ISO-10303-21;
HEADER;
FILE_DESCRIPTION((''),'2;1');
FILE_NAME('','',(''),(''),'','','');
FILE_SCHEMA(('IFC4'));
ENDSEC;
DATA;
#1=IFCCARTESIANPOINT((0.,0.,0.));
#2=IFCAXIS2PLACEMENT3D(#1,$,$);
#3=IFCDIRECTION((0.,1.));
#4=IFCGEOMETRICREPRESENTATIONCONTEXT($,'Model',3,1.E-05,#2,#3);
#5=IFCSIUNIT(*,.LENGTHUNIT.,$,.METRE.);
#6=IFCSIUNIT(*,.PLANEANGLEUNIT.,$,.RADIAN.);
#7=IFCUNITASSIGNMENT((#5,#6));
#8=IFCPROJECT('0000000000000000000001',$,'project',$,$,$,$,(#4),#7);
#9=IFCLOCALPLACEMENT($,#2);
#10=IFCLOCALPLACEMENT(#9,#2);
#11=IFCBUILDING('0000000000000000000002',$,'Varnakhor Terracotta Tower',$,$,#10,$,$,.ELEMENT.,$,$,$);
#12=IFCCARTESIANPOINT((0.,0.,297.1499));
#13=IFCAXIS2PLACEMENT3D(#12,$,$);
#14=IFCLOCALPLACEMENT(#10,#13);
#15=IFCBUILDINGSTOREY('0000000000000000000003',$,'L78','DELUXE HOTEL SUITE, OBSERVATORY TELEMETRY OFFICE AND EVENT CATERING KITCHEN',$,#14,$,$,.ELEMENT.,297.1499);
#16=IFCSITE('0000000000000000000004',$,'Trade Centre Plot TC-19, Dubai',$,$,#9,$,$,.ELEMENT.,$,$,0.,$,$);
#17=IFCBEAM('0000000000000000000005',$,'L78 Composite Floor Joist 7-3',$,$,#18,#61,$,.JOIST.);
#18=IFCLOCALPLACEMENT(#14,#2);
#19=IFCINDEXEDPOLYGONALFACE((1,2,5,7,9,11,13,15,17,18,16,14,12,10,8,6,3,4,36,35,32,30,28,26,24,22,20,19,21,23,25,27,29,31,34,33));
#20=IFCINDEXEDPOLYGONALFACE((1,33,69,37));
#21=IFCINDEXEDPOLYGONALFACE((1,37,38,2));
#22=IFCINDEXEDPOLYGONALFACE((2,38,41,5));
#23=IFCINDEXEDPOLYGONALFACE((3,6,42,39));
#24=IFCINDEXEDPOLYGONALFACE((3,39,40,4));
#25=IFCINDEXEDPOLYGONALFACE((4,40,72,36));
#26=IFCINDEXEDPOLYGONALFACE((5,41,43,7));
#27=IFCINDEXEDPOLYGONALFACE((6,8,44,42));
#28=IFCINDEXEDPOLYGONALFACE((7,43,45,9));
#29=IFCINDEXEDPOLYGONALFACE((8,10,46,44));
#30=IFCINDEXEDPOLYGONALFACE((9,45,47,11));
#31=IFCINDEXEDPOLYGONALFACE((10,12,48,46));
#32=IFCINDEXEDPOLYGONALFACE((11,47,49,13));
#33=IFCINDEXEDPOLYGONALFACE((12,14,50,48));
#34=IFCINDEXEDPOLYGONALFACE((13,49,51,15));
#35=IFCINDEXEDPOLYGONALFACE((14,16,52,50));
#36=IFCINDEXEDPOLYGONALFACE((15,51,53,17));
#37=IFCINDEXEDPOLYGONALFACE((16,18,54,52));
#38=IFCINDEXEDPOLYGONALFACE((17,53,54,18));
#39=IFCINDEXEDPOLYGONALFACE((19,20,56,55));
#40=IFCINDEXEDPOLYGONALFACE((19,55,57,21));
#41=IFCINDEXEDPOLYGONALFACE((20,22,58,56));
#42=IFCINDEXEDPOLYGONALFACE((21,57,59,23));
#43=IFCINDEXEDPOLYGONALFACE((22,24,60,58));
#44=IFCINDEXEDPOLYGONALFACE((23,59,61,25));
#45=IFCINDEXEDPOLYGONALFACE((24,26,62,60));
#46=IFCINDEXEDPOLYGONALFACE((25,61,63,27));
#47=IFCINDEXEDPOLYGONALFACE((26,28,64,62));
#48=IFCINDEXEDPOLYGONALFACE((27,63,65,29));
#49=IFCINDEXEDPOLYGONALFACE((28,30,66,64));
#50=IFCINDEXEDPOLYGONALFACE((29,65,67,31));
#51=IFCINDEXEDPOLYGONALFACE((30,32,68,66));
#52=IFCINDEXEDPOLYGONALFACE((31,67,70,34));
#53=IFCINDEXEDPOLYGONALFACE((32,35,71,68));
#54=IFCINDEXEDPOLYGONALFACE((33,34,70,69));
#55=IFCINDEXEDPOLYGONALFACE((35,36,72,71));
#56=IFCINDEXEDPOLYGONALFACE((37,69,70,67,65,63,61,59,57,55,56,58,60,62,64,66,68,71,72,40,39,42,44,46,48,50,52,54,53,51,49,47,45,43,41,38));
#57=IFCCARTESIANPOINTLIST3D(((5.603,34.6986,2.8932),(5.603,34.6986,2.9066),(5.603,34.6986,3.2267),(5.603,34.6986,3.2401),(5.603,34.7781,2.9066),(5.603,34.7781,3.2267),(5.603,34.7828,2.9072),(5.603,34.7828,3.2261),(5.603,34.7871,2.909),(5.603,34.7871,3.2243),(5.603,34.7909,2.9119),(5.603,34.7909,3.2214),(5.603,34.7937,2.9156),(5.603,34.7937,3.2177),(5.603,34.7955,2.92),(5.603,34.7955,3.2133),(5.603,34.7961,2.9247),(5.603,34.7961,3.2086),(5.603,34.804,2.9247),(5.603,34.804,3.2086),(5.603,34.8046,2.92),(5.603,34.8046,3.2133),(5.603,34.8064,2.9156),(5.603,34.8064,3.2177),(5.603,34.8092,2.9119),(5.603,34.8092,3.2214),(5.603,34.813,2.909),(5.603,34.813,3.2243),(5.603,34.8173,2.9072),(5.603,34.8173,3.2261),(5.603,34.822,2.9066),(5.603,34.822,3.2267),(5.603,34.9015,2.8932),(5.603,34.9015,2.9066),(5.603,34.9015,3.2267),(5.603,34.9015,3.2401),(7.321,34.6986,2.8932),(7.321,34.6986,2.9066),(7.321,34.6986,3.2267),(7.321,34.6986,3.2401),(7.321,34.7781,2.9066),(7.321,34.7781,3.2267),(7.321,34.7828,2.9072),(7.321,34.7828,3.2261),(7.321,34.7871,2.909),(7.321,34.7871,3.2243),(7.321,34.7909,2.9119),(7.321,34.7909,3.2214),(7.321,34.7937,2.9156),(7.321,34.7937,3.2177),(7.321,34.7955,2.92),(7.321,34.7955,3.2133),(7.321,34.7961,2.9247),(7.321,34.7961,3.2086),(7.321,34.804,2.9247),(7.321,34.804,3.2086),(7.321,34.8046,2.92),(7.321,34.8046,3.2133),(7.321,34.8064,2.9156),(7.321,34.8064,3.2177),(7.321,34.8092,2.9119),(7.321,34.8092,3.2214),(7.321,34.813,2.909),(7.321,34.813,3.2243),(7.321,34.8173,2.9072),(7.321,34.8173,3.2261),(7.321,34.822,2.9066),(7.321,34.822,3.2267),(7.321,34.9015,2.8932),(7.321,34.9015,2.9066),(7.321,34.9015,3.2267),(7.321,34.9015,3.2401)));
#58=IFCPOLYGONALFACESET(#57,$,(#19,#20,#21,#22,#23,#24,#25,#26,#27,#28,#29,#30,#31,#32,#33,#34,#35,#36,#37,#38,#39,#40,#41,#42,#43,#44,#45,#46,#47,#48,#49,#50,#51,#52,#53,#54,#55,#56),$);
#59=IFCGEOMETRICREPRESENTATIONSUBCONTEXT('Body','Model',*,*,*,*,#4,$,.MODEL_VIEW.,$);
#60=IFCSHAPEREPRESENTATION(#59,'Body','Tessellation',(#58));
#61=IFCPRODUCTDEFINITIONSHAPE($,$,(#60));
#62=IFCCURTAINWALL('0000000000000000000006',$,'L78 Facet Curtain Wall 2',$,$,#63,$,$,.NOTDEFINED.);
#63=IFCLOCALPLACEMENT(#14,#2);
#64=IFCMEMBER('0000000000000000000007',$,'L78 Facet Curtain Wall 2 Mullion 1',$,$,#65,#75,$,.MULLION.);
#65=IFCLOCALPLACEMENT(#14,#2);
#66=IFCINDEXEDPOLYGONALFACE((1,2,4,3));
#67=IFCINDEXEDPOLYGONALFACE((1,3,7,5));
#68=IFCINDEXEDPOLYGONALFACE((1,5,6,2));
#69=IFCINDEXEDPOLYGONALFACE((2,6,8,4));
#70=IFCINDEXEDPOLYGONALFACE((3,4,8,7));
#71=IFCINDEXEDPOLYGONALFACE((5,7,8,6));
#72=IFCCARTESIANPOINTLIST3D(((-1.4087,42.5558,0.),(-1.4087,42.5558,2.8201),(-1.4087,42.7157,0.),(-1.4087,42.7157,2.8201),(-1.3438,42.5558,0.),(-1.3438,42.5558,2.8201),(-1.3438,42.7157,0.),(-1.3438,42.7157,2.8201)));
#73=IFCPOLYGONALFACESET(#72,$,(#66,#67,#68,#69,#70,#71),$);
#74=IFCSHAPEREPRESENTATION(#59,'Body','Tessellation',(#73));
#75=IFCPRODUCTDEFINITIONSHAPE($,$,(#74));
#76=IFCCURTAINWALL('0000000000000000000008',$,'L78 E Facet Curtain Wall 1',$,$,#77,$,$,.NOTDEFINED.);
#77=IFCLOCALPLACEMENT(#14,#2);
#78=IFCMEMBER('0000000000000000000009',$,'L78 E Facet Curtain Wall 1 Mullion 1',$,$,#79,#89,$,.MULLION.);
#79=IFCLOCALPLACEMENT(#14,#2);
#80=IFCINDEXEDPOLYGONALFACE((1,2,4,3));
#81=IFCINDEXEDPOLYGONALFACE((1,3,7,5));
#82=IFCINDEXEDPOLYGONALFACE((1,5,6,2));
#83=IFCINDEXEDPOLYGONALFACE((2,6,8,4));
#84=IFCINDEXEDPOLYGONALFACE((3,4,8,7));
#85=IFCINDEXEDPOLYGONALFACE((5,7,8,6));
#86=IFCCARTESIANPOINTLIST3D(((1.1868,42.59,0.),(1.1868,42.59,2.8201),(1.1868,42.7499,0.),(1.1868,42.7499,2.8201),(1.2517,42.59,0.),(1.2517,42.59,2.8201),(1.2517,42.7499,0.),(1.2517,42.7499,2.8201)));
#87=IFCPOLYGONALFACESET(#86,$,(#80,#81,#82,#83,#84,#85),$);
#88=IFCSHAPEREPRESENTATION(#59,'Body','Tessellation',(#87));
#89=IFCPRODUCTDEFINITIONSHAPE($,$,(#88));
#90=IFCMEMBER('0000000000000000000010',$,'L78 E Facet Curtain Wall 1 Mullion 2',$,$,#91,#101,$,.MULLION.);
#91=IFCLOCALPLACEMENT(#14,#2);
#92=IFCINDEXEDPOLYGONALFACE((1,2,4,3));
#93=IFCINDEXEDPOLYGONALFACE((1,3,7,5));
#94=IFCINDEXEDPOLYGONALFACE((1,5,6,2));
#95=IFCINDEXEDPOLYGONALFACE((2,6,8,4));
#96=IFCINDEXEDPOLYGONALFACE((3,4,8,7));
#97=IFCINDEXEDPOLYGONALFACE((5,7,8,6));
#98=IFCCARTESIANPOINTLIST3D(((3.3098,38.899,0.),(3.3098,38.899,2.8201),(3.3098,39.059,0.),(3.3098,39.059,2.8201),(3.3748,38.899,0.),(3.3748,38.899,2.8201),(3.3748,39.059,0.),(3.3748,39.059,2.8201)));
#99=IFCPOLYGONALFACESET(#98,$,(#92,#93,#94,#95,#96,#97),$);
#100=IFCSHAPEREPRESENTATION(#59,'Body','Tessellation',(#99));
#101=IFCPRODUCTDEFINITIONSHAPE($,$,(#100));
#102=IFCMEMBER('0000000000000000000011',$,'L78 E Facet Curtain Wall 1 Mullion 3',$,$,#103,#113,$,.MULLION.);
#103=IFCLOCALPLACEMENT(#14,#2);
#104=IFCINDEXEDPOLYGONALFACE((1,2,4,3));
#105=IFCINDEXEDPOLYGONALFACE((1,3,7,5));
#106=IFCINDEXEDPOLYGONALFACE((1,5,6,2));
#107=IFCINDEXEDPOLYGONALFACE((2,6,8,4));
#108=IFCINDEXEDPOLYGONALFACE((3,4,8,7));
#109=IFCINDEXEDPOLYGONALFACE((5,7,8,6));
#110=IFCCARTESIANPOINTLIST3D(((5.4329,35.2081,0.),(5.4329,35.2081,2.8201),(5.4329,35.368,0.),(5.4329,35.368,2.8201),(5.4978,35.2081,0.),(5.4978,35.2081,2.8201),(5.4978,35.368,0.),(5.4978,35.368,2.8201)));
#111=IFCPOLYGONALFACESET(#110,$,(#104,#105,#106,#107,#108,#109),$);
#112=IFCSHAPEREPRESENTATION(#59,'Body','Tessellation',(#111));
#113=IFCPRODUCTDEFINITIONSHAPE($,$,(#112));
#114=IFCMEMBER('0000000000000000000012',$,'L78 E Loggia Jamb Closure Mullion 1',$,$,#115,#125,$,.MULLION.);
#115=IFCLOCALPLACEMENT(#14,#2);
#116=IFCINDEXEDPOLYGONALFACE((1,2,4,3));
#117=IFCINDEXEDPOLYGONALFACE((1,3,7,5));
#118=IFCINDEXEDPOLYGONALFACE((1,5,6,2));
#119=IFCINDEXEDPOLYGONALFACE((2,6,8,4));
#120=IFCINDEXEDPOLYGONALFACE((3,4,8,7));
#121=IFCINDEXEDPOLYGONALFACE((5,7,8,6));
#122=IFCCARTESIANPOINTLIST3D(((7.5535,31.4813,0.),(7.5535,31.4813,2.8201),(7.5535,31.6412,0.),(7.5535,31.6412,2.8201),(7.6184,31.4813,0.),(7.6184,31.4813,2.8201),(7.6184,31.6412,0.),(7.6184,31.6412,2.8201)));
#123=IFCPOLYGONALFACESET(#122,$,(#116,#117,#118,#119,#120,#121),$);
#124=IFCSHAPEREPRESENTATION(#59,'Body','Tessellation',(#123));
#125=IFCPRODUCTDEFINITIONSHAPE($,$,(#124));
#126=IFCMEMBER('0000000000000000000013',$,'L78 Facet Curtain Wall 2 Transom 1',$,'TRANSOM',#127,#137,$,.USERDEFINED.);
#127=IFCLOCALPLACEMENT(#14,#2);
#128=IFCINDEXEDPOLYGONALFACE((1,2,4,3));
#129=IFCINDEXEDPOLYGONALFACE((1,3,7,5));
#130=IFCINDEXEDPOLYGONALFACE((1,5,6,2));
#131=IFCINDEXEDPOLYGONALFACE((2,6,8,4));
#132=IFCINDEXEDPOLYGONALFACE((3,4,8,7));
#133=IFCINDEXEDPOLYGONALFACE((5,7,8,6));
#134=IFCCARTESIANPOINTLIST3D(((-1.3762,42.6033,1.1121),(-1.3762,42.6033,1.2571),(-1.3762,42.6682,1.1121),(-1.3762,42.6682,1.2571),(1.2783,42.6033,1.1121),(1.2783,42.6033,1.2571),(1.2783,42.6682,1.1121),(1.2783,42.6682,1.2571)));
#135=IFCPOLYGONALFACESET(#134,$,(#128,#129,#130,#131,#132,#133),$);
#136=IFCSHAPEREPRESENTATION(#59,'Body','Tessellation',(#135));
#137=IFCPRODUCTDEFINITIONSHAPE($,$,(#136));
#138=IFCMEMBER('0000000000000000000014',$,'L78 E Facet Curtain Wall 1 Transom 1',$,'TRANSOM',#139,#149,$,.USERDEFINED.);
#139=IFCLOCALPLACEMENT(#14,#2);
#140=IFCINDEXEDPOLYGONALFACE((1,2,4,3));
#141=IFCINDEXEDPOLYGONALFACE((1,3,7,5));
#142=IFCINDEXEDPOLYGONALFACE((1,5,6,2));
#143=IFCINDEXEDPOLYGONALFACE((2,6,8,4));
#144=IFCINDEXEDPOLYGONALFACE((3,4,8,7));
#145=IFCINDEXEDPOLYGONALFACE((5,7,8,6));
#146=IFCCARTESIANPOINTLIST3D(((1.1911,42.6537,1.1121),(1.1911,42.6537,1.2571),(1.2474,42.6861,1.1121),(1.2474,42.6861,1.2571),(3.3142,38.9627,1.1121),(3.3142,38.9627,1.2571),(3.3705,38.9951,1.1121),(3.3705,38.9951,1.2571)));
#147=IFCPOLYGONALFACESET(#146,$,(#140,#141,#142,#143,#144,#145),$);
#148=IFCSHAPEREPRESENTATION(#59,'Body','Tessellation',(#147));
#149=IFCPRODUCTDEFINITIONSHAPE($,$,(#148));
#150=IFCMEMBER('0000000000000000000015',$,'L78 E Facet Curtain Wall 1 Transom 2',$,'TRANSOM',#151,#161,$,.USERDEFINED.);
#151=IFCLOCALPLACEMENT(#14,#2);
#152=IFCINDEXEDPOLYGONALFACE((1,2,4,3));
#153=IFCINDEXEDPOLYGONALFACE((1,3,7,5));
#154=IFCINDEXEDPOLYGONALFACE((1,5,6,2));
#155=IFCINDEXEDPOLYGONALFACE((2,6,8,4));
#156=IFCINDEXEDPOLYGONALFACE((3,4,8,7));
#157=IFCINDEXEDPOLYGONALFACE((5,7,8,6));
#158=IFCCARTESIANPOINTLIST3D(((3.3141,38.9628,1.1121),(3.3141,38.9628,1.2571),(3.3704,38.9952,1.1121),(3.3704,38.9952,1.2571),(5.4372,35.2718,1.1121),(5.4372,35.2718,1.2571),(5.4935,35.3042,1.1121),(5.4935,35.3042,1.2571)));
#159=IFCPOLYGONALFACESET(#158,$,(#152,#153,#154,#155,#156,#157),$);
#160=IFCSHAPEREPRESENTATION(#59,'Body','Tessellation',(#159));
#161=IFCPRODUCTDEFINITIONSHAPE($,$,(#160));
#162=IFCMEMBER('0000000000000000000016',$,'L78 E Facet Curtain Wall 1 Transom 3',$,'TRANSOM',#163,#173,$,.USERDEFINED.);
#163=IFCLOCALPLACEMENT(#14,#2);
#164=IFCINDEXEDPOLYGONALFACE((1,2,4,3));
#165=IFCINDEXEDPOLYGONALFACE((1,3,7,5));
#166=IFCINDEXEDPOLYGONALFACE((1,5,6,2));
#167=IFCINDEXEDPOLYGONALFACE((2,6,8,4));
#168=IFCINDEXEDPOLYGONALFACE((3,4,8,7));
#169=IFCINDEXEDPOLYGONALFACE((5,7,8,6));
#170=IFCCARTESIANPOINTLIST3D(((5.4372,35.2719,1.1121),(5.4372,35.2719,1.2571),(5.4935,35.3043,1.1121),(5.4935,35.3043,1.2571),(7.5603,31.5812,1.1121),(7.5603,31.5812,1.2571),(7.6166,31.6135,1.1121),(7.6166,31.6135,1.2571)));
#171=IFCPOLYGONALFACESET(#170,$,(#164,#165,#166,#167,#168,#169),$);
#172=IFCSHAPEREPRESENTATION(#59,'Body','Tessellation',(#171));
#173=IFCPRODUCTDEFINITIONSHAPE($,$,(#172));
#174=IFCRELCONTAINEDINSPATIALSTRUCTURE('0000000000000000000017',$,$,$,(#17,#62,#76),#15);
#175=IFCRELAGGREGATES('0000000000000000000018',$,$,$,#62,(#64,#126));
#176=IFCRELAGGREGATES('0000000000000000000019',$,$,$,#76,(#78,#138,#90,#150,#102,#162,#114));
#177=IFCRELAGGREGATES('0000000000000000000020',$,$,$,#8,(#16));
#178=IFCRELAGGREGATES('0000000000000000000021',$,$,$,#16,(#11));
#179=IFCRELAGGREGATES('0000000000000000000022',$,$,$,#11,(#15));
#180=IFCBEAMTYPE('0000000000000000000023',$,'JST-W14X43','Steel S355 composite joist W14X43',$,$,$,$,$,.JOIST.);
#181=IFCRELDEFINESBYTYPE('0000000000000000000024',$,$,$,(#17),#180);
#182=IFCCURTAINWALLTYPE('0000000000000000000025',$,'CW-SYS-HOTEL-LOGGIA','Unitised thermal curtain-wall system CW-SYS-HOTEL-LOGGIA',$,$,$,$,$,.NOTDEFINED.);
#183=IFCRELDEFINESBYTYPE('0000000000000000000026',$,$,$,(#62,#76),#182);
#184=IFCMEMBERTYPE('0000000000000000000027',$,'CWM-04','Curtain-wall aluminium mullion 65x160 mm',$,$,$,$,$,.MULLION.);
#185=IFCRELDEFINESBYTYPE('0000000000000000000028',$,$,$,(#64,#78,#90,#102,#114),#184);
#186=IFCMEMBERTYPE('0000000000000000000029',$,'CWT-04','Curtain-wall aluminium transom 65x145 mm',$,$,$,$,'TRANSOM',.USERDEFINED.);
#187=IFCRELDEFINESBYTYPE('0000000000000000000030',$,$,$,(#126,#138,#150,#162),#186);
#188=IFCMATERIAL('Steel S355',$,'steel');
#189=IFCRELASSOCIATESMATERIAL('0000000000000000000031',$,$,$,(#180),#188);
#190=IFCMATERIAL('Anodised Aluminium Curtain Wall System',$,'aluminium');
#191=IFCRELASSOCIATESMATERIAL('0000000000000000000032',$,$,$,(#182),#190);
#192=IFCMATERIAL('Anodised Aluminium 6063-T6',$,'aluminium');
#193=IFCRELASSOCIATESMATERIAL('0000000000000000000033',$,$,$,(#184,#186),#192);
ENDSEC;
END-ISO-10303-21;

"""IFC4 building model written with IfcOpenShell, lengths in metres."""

from ifc_helpers import new_model, si_unit, direction, frame, origin, origin_2d, place, context, subcontext, project, spatial, rectangle, i_section, extrude, source, transform, mapped, material, material_profile, profile_set, type_object, type_shapes, element, aggregate, save


model = new_model("IFC4")

# Units and contexts
model_context = context("Model", 3, precision=1e-05, world=origin(), true_north=direction((0.0, 1.0)))
body_context = subcontext(model_context, "Body", "Model", "MODEL_VIEW")
ifc_project = project(units=[si_unit("LENGTHUNIT", "METRE"), si_unit("PLANEANGLEUNIT", "RADIAN")], contexts=[model_context])

# Site, building, storey
site_placement = place(None, origin())
site = spatial("IfcSite", under=ifc_project, at=site_placement, Name="Trade Centre Plot TC-19, Dubai", CompositionType="ELEMENT", RefElevation=0.0)
building_placement = place(site_placement, origin())
building = spatial("IfcBuilding", under=site, at=building_placement, Name="Varnakhor Terracotta Tower", CompositionType="ELEMENT")
storey_placement = place(building_placement, frame((0.0, 0.0, 297.1499)))
storey = spatial("IfcBuildingStorey", under=building, at=storey_placement, Name="L78", Description="DELUXE HOTEL SUITE, OBSERVATORY TELEMETRY OFFICE AND EVENT CATERING KITCHEN", CompositionType="ELEMENT", Elevation=297.1499)

# Shared definitions
ifc_material_1 = material(Name="Steel S355", Category="steel")

# Beam
ifc_material_profile_1 = material_profile(ifc_material_1, i_section(OverallWidth=0.2029, OverallDepth=0.3469, WebThickness=0.0078, FlangeThickness=0.0134, FilletRadius=0.0181, at=origin_2d()), Name="W14X43")
ifc_profile_set_1 = profile_set([ifc_material_profile_1], Name="Steel S355")
beam_type_1 = type_object("IfcBeamType", Name="JST-W14X43", Description="Steel S355 composite joist W14X43", PredefinedType="JOIST", material=ifc_profile_set_1)
shared_shape_1 = source(origin(), body_context, "Body", "SweptSolid", [
    extrude(i_section(OverallWidth=0.2029, OverallDepth=0.3469, WebThickness=0.0078, FlangeThickness=0.0134, FilletRadius=0.0181, at=origin_2d()), origin(), (0.0, 0.0, 1.0), 1.718),
])
beam_1_placement = place(storey_placement, frame((5.603, 34.8, 3.0667), z_axis=(1.0, 0.0, 0.0), x_axis=(0.0, 1.0, 0.0)))
element("IfcBeam", 1, at=beam_1_placement, inside=storey, type_object=beam_type_1, Name="L78 Composite Floor Joist 7-3", PredefinedType="JOIST", context=body_context, shape_type="MappedRepresentation", body=[
    mapped(shared_shape_1, transform((0.0, 0.0, 0.0), scale=1.0)),
])

# Curtain wall, member
ifc_material_2 = material(Name="Anodised Aluminium Curtain Wall System", Category="aluminium")
curtain_wall_type = type_object("IfcCurtainWallType", Name="CW-SYS-HOTEL-LOGGIA", Description="Unitised thermal curtain-wall system CW-SYS-HOTEL-LOGGIA", PredefinedType="NOTDEFINED", material=ifc_material_2)
curtain_wall_1_placement = place(storey_placement, origin())
curtain_wall_1 = element("IfcCurtainWall", 2, at=curtain_wall_1_placement, inside=storey, type_object=curtain_wall_type, Name="L78 Facet Curtain Wall 2", PredefinedType="NOTDEFINED")
ifc_material_3 = material(Name="Anodised Aluminium 6063-T6", Category="aluminium")
ifc_material_profile_2 = material_profile(ifc_material_3, rectangle(XDim=0.0649, YDim=0.1599, at=origin_2d()), Name="ALU MULLION 65x160")
ifc_profile_set_2 = profile_set([ifc_material_profile_2], Name="Anodised Aluminium 6063-T6")
member_type_1 = type_object("IfcMemberType", Name="CWM-04", Description="Curtain-wall aluminium mullion 65x160 mm", PredefinedType="MULLION", material=ifc_profile_set_2)
shared_shape_2 = source(origin(), body_context, "Body", "SweptSolid", [
    extrude(rectangle(XDim=0.0649, YDim=0.1599, at=origin_2d()), origin(), (0.0, 0.0, 1.0), 2.8201),
])
type_shapes(member_type_1, [shared_shape_2])
member_1_placement = place(storey_placement, frame((-1.3762, 42.6357, 0.0), z_axis=(0.0, 0.0, 1.0), x_axis=(1.0, 0.0, 0.0)))
member_1 = element("IfcMember", 3, at=member_1_placement, type_object=member_type_1, Name="L78 Facet Curtain Wall 2 Mullion 1", PredefinedType="MULLION", context=body_context, shape_type="MappedRepresentation", body=[
    mapped(shared_shape_2, transform((0.0, 0.0, 0.0), scale=1.0)),
])

# Curtain wall, members
curtain_wall_2_placement = place(storey_placement, origin())
curtain_wall_2 = element("IfcCurtainWall", 4, at=curtain_wall_2_placement, inside=storey, type_object=curtain_wall_type, Name="L78 E Facet Curtain Wall 1", PredefinedType="NOTDEFINED")
member_2_placement = place(storey_placement, frame((1.2192, 42.6699, 0.0), z_axis=(0.0, 0.0, 1.0), x_axis=(1.0, 0.0, 0.0)))
member_2 = element("IfcMember", 5, at=member_2_placement, type_object=member_type_1, Name="L78 E Facet Curtain Wall 1 Mullion 1", PredefinedType="MULLION", context=body_context, shape_type="MappedRepresentation", body=[
    mapped(shared_shape_2, transform((0.0, 0.0, 0.0), scale=1.0)),
])
member_3_placement = place(storey_placement, frame((3.3423, 38.979, 0.0), z_axis=(0.0, 0.0, 1.0), x_axis=(1.0, 0.0, 0.0)))
member_3 = element("IfcMember", 6, at=member_3_placement, type_object=member_type_1, Name="L78 E Facet Curtain Wall 1 Mullion 2", PredefinedType="MULLION", context=body_context, shape_type="MappedRepresentation", body=[
    mapped(shared_shape_2, transform((0.0, 0.0, 0.0), scale=1.0)),
])
member_4_placement = place(storey_placement, frame((5.4653, 35.2881, 0.0), z_axis=(0.0, 0.0, 1.0), x_axis=(1.0, 0.0, 0.0)))
member_4 = element("IfcMember", 7, at=member_4_placement, type_object=member_type_1, Name="L78 E Facet Curtain Wall 1 Mullion 3", PredefinedType="MULLION", context=body_context, shape_type="MappedRepresentation", body=[
    mapped(shared_shape_2, transform((0.0, 0.0, 0.0), scale=1.0)),
])
member_5_placement = place(storey_placement, frame((7.5859, 31.5613, 0.0), z_axis=(0.0, 0.0, 1.0), x_axis=(1.0, 0.0, 0.0)))
member_5 = element("IfcMember", 8, at=member_5_placement, type_object=member_type_1, Name="L78 E Loggia Jamb Closure Mullion 1", PredefinedType="MULLION", context=body_context, shape_type="MappedRepresentation", body=[
    mapped(shared_shape_2, transform((0.0, 0.0, 0.0), scale=1.0)),
])

# Members
ifc_material_profile_3 = material_profile(ifc_material_3, rectangle(XDim=0.0649, YDim=0.145, at=origin_2d()), Name="ALU TRANSOM 65x145")
ifc_profile_set_3 = profile_set([ifc_material_profile_3], Name="Anodised Aluminium 6063-T6")
member_type_2 = type_object("IfcMemberType", Name="CWT-04", Description="Curtain-wall aluminium transom 65x145 mm", ElementType="TRANSOM", PredefinedType="USERDEFINED", material=ifc_profile_set_3)
shared_shape_3 = source(origin(), body_context, "Body", "SweptSolid", [
    extrude(rectangle(XDim=0.0649, YDim=0.145, at=origin_2d()), origin(), (0.0, 0.0, 1.0), 2.6545),
])
member_6_placement = place(storey_placement, frame((-1.3762, 42.6357, 1.1846), z_axis=(1.0, 0.0, 0.0), x_axis=(0.0, 1.0, 0.0)))
member_6 = element("IfcMember", 9, at=member_6_placement, type_object=member_type_2, Name="L78 Facet Curtain Wall 2 Transom 1", ObjectType="TRANSOM", PredefinedType="USERDEFINED", context=body_context, shape_type="MappedRepresentation", body=[
    mapped(shared_shape_3, transform((0.0, 0.0, 0.0), scale=1.0)),
])
shared_shape_4 = source(origin(), body_context, "Body", "SweptSolid", [
    extrude(rectangle(XDim=0.0649, YDim=0.145, at=origin_2d()), origin(), (0.0, 0.0, 1.0), 4.2581),
])
member_7_placement = place(storey_placement, frame((1.2192, 42.6699, 1.1846), z_axis=(0.498607, -0.866828, 0.0), x_axis=(0.866828, 0.498607, 0.0)))
member_7 = element("IfcMember", 10, at=member_7_placement, type_object=member_type_2, Name="L78 E Facet Curtain Wall 1 Transom 1", ObjectType="TRANSOM", PredefinedType="USERDEFINED", context=body_context, shape_type="MappedRepresentation", body=[
    mapped(shared_shape_4, transform((0.0, 0.0, 0.0), scale=1.0)),
])
member_8_placement = place(storey_placement, frame((3.3423, 38.979, 1.1846), z_axis=(0.498607, -0.866828, 0.0), x_axis=(0.866828, 0.498607, 0.0)))
member_8 = element("IfcMember", 11, at=member_8_placement, type_object=member_type_2, Name="L78 E Facet Curtain Wall 1 Transom 2", ObjectType="TRANSOM", PredefinedType="USERDEFINED", context=body_context, shape_type="MappedRepresentation", body=[
    mapped(shared_shape_4, transform((0.0, 0.0, 0.0), scale=1.0)),
])
shared_shape_5 = source(origin(), body_context, "Body", "SweptSolid", [
    extrude(rectangle(XDim=0.0649, YDim=0.145, at=origin_2d()), origin(), (0.0, 0.0, 1.0), 4.2578),
])
member_9_placement = place(storey_placement, frame((5.4653, 35.2881, 1.1846), z_axis=(0.498632, -0.866814, 0.0), x_axis=(0.866814, 0.498632, 0.0)))
member_9 = element("IfcMember", 12, at=member_9_placement, type_object=member_type_2, Name="L78 E Facet Curtain Wall 1 Transom 3", ObjectType="TRANSOM", PredefinedType="USERDEFINED", context=body_context, shape_type="MappedRepresentation", body=[
    mapped(shared_shape_5, transform((0.0, 0.0, 0.0), scale=1.0)),
])

aggregate(curtain_wall_1, [member_1, member_6])
aggregate(curtain_wall_2, [member_2, member_7, member_3, member_8, member_4, member_9, member_5])

save(model, "model.ifc")
